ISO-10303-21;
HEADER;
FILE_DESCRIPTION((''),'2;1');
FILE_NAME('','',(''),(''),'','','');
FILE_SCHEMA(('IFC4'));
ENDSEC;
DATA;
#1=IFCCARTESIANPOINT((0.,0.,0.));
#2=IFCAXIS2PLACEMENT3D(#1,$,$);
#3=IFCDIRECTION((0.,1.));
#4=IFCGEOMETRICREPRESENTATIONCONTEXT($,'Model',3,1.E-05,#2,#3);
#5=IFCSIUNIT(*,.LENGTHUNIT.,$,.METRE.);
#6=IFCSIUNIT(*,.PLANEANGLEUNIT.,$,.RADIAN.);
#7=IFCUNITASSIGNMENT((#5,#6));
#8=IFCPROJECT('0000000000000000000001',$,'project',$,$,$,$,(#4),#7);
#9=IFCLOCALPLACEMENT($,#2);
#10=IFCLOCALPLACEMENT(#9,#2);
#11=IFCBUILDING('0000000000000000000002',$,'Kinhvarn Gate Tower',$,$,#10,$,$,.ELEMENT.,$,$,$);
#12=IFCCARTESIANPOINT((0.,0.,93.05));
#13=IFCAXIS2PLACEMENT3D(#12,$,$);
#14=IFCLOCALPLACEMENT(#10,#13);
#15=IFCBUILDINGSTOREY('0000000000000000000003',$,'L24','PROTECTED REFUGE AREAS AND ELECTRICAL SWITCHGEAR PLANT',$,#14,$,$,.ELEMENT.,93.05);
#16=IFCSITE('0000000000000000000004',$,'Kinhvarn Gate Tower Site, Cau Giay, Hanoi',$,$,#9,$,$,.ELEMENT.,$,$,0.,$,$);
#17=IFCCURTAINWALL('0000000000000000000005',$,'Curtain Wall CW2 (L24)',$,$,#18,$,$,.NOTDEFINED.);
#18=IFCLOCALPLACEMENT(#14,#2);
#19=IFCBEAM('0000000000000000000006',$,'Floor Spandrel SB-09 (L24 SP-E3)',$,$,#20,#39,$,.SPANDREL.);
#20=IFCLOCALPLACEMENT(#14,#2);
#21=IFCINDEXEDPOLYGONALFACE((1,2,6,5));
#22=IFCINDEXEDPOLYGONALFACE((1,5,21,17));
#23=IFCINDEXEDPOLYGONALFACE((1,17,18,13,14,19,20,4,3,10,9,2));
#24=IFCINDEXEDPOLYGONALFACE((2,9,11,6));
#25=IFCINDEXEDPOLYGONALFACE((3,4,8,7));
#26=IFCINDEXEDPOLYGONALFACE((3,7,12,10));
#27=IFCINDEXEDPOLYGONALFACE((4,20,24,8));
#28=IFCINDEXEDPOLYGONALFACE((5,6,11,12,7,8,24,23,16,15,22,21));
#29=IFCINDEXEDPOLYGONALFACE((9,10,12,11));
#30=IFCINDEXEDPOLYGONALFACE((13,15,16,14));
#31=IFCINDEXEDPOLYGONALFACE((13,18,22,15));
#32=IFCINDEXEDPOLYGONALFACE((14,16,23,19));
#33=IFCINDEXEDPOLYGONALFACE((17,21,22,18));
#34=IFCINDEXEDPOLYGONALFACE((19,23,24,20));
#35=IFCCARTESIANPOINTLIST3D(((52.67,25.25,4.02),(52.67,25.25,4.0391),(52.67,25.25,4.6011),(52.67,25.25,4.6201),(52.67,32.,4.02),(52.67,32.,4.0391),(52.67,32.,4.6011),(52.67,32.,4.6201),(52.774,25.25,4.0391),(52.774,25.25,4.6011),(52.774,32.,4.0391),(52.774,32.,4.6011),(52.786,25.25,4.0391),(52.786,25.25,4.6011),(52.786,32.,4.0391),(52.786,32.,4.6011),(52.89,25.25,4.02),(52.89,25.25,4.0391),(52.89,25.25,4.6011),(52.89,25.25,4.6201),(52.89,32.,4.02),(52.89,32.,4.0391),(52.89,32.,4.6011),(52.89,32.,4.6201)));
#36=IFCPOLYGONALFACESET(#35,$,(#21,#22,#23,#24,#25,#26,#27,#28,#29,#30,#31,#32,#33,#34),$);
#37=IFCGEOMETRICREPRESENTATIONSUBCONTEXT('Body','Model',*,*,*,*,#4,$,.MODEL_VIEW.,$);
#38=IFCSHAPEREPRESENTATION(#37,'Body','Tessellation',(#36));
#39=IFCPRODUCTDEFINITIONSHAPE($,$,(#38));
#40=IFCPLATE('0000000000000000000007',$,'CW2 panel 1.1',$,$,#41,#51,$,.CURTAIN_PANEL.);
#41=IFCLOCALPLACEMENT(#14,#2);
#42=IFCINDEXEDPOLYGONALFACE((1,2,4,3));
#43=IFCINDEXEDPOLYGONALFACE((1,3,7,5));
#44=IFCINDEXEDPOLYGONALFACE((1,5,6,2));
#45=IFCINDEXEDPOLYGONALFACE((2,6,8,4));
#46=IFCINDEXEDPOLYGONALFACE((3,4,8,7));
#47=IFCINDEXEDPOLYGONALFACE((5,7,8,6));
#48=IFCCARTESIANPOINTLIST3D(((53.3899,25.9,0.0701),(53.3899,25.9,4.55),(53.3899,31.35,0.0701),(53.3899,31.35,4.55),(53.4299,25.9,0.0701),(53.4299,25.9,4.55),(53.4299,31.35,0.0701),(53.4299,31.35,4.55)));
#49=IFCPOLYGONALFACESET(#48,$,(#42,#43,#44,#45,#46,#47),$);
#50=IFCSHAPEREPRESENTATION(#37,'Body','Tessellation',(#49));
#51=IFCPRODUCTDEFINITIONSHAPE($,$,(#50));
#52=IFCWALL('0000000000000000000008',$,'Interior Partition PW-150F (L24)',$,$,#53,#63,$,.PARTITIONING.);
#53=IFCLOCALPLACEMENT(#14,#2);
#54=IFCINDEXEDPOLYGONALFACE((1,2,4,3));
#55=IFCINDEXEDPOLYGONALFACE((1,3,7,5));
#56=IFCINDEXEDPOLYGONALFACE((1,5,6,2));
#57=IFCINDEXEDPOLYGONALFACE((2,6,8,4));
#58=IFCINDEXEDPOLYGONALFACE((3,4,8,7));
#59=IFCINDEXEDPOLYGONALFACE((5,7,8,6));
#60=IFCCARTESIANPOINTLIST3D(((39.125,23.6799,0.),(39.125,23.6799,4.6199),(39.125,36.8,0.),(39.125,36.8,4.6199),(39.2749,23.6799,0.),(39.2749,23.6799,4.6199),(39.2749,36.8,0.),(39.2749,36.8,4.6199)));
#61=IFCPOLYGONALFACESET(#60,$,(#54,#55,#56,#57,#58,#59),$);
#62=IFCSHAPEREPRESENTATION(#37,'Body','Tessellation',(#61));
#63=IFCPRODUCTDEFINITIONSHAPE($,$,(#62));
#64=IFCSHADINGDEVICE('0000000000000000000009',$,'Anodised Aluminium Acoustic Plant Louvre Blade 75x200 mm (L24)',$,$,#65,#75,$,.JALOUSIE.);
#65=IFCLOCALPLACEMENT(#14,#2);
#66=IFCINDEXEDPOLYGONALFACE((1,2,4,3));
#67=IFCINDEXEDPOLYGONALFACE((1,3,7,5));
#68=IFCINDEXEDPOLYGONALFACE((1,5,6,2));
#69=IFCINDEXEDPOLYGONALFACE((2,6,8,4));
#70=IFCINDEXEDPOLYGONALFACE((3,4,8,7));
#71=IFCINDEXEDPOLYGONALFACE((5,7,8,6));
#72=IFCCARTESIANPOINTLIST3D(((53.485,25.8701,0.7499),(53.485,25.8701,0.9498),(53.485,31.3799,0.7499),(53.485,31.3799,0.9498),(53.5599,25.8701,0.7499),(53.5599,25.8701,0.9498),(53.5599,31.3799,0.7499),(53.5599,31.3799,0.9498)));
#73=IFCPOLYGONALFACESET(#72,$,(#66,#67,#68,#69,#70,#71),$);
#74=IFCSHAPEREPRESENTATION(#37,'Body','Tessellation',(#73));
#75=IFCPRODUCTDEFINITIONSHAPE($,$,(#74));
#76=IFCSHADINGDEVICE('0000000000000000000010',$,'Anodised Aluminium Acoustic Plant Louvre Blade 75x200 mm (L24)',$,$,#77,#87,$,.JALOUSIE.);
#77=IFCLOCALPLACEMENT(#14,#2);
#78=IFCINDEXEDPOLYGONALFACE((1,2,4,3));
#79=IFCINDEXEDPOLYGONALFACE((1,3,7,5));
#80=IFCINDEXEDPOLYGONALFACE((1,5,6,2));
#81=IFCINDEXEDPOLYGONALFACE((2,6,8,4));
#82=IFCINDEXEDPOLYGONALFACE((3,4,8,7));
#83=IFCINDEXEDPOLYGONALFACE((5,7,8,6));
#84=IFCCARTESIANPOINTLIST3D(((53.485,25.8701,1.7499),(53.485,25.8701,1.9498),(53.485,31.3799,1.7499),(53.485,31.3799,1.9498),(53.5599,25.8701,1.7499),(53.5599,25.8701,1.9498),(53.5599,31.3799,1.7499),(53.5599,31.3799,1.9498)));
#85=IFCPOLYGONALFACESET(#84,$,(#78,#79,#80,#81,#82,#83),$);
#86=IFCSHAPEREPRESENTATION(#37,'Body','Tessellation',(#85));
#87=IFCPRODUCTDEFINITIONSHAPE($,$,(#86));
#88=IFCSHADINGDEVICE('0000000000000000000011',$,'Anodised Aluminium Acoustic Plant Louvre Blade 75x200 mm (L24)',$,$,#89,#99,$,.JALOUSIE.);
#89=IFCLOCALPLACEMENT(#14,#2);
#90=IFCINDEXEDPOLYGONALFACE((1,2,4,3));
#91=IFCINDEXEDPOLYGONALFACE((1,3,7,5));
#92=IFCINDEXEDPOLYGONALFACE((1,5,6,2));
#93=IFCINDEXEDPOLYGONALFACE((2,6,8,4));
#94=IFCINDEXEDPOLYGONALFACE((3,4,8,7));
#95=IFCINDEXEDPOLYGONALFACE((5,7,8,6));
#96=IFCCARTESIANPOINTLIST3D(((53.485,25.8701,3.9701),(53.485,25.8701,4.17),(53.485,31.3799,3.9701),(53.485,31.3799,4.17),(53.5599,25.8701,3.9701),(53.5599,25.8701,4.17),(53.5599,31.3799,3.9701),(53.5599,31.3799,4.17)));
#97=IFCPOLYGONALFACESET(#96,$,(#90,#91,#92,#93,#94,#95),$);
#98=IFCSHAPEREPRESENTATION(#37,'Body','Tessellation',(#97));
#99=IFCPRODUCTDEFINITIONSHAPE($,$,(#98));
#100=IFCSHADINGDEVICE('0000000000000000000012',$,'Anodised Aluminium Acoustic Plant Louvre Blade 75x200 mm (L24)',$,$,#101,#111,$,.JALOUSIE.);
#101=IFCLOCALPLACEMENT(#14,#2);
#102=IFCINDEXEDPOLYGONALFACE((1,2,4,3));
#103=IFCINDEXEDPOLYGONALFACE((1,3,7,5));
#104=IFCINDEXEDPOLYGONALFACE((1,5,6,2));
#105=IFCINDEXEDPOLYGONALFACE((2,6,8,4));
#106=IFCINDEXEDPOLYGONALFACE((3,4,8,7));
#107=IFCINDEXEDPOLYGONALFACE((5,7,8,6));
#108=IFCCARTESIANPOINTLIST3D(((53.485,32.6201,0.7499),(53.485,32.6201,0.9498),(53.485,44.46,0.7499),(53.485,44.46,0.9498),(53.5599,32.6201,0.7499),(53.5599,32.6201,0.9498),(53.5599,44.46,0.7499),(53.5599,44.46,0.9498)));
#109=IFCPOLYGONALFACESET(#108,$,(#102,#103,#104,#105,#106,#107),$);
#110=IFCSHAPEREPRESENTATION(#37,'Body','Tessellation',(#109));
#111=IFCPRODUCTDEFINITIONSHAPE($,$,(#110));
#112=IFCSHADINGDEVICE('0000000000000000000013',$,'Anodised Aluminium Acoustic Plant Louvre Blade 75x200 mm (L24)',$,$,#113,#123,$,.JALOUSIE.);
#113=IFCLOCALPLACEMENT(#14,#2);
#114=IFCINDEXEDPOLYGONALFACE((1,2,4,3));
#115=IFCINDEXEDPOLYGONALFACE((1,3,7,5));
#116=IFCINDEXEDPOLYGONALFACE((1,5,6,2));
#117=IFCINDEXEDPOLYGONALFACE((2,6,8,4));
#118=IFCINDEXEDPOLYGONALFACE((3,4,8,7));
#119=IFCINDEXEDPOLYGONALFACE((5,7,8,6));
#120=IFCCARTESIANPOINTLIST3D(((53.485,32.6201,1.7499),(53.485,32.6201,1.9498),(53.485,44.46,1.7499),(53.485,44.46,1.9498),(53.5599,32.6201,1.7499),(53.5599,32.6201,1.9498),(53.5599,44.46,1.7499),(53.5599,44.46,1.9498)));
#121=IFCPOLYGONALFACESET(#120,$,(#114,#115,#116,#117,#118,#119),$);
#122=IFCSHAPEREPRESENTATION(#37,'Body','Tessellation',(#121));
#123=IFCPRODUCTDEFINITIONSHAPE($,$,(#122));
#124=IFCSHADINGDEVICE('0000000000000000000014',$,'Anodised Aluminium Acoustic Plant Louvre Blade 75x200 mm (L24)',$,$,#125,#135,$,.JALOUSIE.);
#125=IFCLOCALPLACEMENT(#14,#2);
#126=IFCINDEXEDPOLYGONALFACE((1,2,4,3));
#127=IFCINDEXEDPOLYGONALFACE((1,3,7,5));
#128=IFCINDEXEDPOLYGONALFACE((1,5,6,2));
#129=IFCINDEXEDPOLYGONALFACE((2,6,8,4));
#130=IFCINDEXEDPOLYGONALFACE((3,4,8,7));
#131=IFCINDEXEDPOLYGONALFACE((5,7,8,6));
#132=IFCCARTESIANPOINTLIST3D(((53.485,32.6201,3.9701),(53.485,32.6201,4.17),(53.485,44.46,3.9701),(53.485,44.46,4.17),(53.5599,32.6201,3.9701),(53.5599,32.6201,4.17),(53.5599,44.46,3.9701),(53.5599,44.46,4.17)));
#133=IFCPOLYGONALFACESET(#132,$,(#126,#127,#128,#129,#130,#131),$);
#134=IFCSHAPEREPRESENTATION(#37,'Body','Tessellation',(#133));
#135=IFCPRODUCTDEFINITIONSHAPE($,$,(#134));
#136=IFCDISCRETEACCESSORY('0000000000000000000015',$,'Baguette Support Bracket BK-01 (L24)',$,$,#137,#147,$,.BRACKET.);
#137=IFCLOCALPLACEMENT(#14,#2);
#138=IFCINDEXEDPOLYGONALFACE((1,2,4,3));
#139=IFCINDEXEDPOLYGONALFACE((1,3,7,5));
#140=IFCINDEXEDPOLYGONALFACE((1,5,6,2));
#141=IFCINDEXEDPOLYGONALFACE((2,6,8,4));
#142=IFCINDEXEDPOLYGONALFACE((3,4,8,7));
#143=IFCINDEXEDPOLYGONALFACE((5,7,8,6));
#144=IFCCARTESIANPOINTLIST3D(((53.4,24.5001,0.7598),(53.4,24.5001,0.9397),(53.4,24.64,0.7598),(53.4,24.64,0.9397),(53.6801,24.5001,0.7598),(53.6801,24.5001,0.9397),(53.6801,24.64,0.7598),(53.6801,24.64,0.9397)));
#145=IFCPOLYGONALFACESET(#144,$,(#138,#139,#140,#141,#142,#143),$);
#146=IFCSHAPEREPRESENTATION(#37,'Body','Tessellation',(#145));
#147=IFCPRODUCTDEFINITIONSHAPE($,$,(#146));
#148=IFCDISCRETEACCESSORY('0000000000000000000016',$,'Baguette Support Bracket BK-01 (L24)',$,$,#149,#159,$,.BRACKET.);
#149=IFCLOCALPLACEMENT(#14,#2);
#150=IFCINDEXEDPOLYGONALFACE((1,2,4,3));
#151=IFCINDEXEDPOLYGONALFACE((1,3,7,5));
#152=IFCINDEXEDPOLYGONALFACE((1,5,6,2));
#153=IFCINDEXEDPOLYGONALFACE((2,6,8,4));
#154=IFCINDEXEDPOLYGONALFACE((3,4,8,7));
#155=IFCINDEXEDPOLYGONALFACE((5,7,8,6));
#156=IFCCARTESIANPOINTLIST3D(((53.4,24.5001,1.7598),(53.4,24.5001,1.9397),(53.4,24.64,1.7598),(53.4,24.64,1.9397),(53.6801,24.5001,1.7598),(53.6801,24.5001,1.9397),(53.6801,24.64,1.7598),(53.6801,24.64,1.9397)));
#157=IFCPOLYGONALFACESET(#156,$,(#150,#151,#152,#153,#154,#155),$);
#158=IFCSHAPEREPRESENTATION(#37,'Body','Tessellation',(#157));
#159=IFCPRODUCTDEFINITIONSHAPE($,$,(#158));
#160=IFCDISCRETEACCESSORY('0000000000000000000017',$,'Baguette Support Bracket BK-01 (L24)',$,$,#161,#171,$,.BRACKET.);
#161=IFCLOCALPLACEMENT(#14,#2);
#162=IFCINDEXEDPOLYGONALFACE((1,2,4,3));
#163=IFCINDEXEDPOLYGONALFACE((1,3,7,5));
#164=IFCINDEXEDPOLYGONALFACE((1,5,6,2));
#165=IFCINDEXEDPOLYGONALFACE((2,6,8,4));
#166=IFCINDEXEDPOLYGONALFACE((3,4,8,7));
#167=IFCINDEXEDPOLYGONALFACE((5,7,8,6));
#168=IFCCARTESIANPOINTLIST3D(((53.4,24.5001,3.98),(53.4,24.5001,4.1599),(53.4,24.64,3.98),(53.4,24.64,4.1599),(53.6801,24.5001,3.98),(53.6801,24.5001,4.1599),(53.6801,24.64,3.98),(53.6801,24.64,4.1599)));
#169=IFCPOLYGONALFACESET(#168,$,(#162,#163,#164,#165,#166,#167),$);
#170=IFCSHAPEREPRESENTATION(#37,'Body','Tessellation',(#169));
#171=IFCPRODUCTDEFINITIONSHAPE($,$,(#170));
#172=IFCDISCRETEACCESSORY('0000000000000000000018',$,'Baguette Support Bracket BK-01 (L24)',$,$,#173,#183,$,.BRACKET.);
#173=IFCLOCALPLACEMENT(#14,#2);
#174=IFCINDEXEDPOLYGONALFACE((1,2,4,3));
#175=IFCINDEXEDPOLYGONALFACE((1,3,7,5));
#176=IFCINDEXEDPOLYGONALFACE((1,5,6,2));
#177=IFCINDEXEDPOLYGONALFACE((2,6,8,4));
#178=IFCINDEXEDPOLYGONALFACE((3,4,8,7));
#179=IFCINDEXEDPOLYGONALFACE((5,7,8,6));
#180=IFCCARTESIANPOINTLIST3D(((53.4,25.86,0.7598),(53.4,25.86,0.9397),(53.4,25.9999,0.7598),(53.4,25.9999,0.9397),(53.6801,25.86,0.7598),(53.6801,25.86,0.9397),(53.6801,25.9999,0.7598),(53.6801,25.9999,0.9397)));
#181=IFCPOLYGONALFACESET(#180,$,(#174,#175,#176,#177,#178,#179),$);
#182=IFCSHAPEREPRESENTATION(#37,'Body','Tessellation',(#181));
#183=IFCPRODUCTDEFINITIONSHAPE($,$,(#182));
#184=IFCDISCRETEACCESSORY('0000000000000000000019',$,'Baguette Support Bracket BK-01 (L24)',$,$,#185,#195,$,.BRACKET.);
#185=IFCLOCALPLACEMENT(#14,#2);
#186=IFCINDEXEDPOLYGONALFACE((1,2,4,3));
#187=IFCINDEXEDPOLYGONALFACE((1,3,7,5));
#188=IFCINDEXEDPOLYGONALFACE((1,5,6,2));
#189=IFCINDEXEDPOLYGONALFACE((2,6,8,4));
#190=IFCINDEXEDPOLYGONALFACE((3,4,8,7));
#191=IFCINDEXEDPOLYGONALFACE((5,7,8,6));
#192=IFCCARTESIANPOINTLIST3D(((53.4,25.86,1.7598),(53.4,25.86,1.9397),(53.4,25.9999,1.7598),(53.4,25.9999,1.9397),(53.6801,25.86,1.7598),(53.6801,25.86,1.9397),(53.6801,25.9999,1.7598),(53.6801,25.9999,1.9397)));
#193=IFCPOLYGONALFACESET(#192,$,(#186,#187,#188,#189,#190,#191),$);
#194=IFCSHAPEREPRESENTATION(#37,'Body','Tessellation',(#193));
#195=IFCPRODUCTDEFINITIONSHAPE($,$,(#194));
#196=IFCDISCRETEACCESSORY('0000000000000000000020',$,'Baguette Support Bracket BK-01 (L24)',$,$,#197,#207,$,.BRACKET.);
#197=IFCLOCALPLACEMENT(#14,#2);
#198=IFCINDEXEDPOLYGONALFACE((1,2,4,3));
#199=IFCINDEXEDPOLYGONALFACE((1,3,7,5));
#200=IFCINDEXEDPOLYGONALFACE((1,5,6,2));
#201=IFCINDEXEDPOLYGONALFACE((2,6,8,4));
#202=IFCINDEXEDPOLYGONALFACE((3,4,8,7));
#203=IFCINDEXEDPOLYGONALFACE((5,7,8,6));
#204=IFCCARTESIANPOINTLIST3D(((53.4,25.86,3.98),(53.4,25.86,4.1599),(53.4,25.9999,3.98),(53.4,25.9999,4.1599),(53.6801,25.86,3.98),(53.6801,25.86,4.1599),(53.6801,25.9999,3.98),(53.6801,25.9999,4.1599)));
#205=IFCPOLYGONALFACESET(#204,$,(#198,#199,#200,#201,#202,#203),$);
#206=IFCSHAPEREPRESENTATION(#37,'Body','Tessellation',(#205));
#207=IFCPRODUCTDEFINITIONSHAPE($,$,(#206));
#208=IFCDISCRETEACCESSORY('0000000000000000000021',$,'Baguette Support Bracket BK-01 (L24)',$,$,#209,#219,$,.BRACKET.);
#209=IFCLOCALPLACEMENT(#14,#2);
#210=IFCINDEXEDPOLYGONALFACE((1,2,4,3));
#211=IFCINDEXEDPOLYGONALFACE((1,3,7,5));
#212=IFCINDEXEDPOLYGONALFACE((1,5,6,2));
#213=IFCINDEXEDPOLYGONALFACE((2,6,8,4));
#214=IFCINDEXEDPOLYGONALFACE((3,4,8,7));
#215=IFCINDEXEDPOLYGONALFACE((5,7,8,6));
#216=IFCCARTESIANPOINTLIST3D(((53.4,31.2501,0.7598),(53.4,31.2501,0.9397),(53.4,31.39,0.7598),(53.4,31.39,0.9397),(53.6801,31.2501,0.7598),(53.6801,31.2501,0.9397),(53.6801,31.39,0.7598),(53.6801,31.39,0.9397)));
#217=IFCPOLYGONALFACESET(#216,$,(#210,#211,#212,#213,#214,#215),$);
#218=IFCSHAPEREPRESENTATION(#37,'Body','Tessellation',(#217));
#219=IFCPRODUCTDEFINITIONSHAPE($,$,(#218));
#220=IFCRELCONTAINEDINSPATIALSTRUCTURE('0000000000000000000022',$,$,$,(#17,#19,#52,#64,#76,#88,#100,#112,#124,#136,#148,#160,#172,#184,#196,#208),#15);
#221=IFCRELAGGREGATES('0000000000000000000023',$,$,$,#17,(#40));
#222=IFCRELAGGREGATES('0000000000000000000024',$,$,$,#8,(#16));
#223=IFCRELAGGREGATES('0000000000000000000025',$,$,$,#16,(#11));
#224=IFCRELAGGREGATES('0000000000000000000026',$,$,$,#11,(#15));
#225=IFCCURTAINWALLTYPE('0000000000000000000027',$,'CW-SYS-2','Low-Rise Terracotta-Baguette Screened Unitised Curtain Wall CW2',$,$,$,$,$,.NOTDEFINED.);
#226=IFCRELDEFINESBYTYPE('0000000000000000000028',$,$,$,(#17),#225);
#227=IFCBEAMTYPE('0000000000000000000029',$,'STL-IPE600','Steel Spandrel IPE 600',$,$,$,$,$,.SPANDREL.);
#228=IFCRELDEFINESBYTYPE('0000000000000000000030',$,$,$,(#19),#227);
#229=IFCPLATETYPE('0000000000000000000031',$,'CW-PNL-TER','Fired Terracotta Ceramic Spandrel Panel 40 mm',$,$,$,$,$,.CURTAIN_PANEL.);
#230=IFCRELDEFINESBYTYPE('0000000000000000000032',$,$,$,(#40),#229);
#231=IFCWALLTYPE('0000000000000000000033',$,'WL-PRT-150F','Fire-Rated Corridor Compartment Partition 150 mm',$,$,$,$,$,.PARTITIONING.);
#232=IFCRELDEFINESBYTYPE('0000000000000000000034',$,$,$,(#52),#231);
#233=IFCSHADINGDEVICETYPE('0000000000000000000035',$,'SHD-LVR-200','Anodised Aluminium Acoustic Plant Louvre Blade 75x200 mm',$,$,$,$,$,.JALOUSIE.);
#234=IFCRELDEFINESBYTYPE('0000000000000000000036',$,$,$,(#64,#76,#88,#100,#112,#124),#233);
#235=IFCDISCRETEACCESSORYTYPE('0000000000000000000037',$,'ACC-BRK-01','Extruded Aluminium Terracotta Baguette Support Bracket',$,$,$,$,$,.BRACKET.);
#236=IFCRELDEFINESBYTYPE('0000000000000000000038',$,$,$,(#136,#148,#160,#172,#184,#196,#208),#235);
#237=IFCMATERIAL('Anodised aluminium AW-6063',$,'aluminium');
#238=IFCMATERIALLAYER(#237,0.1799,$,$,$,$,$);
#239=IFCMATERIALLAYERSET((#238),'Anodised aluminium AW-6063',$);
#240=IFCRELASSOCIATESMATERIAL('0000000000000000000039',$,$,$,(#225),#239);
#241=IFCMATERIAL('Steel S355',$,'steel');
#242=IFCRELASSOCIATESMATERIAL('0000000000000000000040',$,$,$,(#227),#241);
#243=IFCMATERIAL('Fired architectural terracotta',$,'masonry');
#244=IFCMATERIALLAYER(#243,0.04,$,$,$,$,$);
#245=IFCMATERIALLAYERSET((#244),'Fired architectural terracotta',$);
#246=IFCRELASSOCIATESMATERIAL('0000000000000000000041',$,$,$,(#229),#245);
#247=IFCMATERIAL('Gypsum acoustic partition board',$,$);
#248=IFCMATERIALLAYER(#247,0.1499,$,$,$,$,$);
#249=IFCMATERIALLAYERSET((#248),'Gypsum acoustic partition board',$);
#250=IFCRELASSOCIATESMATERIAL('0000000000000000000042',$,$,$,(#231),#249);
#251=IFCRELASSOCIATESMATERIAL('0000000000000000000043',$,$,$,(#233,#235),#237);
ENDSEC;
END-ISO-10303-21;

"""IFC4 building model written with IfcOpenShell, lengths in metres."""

from ifc_helpers import new_model, si_unit, direction, frame, frame_2d, origin, origin_2d, place, context, subcontext, project, spatial, rectangle, i_section, extrude, material, layer, layer_set, material_profile, profile_set, type_object, element, aggregate, save


model = new_model("IFC4")

# Units and contexts
model_context = context("Model", 3, precision=1e-05, world=origin(), true_north=direction((0.0, 1.0)))
body_context = subcontext(model_context, "Body", "Model", "MODEL_VIEW")
ifc_project = project(units=[si_unit("LENGTHUNIT", "METRE"), si_unit("PLANEANGLEUNIT", "RADIAN")], contexts=[model_context])

# Site, building, storey
site_placement = place(None, origin())
site = spatial("IfcSite", under=ifc_project, at=site_placement, Name="Kinhvarn Gate Tower Site, Cau Giay, Hanoi", CompositionType="ELEMENT", RefElevation=0.0)
building_placement = place(site_placement, origin())
building = spatial("IfcBuilding", under=site, at=building_placement, Name="Kinhvarn Gate Tower", CompositionType="ELEMENT")
storey_placement = place(building_placement, frame((0.0, 0.0, 93.05)))
storey = spatial("IfcBuildingStorey", under=building, at=storey_placement, Name="L24", Description="PROTECTED REFUGE AREAS AND ELECTRICAL SWITCHGEAR PLANT", CompositionType="ELEMENT", Elevation=93.05)

# Shared definitions
ifc_material_1 = material(Name="Anodised aluminium AW-6063", Category="aluminium")
ifc_layer_1 = layer(ifc_material_1, 0.1799)
ifc_layer_set_1 = layer_set([ifc_layer_1], Name="Anodised aluminium AW-6063")
curtain_wall_type = type_object("IfcCurtainWallType", Name="CW-SYS-2", Description="Low-Rise Terracotta-Baguette Screened Unitised Curtain Wall CW2", PredefinedType="NOTDEFINED", material=ifc_layer_set_1)

# Curtain wall
curtain_wall_1_placement = place(storey_placement, origin())
curtain_wall_1 = element("IfcCurtainWall", 1, at=curtain_wall_1_placement, inside=storey, type_object=curtain_wall_type, Name="Curtain Wall CW2 (L24)", PredefinedType="NOTDEFINED")

# Beam
ifc_material_2 = material(Name="Steel S355", Category="steel")
ifc_material_profile_1 = material_profile(ifc_material_2, i_section(OverallWidth=0.22, OverallDepth=0.6001, WebThickness=0.012, FlangeThickness=0.019, at=origin_2d()), Name="IPE 600")
ifc_profile_set_1 = profile_set([ifc_material_profile_1], Name="Steel S355")
beam_type_1 = type_object("IfcBeamType", Name="STL-IPE600", Description="Steel Spandrel IPE 600", PredefinedType="SPANDREL", material=ifc_profile_set_1)
beam_placement = place(storey_placement, frame((52.78, 25.25, 4.3201), z_axis=(0.0, 1.0, 0.0), x_axis=(-1.0, 0.0, 0.0)))
element("IfcBeam", 2, at=beam_placement, inside=storey, type_object=beam_type_1, Name="Floor Spandrel SB-09 (L24 SP-E3)", PredefinedType="SPANDREL", context=body_context, shape_type="SweptSolid", body=[
    extrude(i_section(OverallWidth=0.22, OverallDepth=0.6001, WebThickness=0.012, FlangeThickness=0.019, at=origin_2d()), origin(), (0.0, 0.0, 1.0), 6.75),
])

# Plate
ifc_material_3 = material(Name="Fired architectural terracotta", Category="masonry")
ifc_layer_2 = layer(ifc_material_3, 0.04)
ifc_layer_set_2 = layer_set([ifc_layer_2], Name="Fired architectural terracotta")
plate_type = type_object("IfcPlateType", Name="CW-PNL-TER", Description="Fired Terracotta Ceramic Spandrel Panel 40 mm", PredefinedType="CURTAIN_PANEL", material=ifc_layer_set_2)
plate_placement = place(storey_placement, frame((53.4099, 28.625, 0.0701), z_axis=(0.0, 0.0, 1.0), x_axis=(0.0, 1.0, 0.0)))
plate = element("IfcPlate", 3, at=plate_placement, type_object=plate_type, Name="CW2 panel 1.1", PredefinedType="CURTAIN_PANEL", context=body_context, shape_type="SweptSolid", body=[
    extrude(rectangle(XDim=5.45, YDim=0.04, at=origin_2d()), origin(), (0.0, 0.0, 1.0), 4.48),
])
aggregate(curtain_wall_1, [plate])

# Wall
ifc_material_4 = material(Name="Gypsum acoustic partition board")
ifc_layer_3 = layer(ifc_material_4, 0.1499)
ifc_layer_set_3 = layer_set([ifc_layer_3], Name="Gypsum acoustic partition board")
wall_type = type_object("IfcWallType", Name="WL-PRT-150F", Description="Fire-Rated Corridor Compartment Partition 150 mm", PredefinedType="PARTITIONING", material=ifc_layer_set_3)
wall_placement = place(storey_placement, frame((39.2, 23.6799, 0.0), z_axis=(0.0, 0.0, 1.0), x_axis=(0.0, 1.0, 0.0)))
element("IfcWall", 4, at=wall_placement, inside=storey, type_object=wall_type, Name="Interior Partition PW-150F (L24)", PredefinedType="PARTITIONING", context=body_context, shape_type="SweptSolid", body=[
    extrude(rectangle(XDim=13.1201, YDim=0.1499, at=frame_2d((6.5601, 0.0))), origin(), (0.0, 0.0, 1.0), 4.6199),
])

# Shading devices
ifc_material_profile_2 = material_profile(ifc_material_1, rectangle(XDim=0.075, YDim=0.2, at=origin_2d()), Name="LOUVRE 75x200")
ifc_profile_set_2 = profile_set([ifc_material_profile_2], Name="Anodised aluminium AW-6063")
shading_device_type = type_object("IfcShadingDeviceType", Name="SHD-LVR-200", Description="Anodised Aluminium Acoustic Plant Louvre Blade 75x200 mm", PredefinedType="JALOUSIE", material=ifc_profile_set_2)
for number, where, z_axis, x_axis, name in (
    (5, (53.5225, 25.8701, 0.8499), (0.0, 1.0, 0.0), (-1.0, 0.0, 0.0), "Anodised Aluminium Acoustic Plant Louvre Blade 75x200 mm (L24)"),
    (6, (53.5225, 25.8701, 1.8499), (0.0, 1.0, 0.0), (-1.0, 0.0, 0.0), "Anodised Aluminium Acoustic Plant Louvre Blade 75x200 mm (L24)"),
    (7, (53.5225, 25.8701, 4.0701), (0.0, 1.0, 0.0), (-1.0, 0.0, 0.0), "Anodised Aluminium Acoustic Plant Louvre Blade 75x200 mm (L24)"),
):
    element("IfcShadingDevice", number, at=place(storey_placement, frame(where, z_axis=z_axis, x_axis=x_axis)), inside=storey, type_object=shading_device_type, Name=name, PredefinedType="JALOUSIE", context=body_context, shape_type="SweptSolid", body=[
        extrude(rectangle(XDim=0.075, YDim=0.2, at=origin_2d()), origin(), (0.0, 0.0, 1.0), 5.5098),
    ])
for number, where, z_axis, x_axis, name in (
    (8, (53.5225, 32.6201, 0.8499), (0.0, 1.0, 0.0), (-1.0, 0.0, 0.0), "Anodised Aluminium Acoustic Plant Louvre Blade 75x200 mm (L24)"),
    (9, (53.5225, 32.6201, 1.8499), (0.0, 1.0, 0.0), (-1.0, 0.0, 0.0), "Anodised Aluminium Acoustic Plant Louvre Blade 75x200 mm (L24)"),
    (10, (53.5225, 32.6201, 4.0701), (0.0, 1.0, 0.0), (-1.0, 0.0, 0.0), "Anodised Aluminium Acoustic Plant Louvre Blade 75x200 mm (L24)"),
):
    element("IfcShadingDevice", number, at=place(storey_placement, frame(where, z_axis=z_axis, x_axis=x_axis)), inside=storey, type_object=shading_device_type, Name=name, PredefinedType="JALOUSIE", context=body_context, shape_type="SweptSolid", body=[
        extrude(rectangle(XDim=0.075, YDim=0.2, at=origin_2d()), origin(), (0.0, 0.0, 1.0), 11.8398),
    ])

# Discrete accessories
discrete_accessory_type = type_object("IfcDiscreteAccessoryType", Name="ACC-BRK-01", Description="Extruded Aluminium Terracotta Baguette Support Bracket", PredefinedType="BRACKET", material=ifc_material_1)
for number, where, z_axis, x_axis, name in (
    (11, (53.54, 24.5701, 0.7598), (0.0, 0.0, 1.0), (0.0, 1.0, 0.0), "Baguette Support Bracket BK-01 (L24)"),
    (12, (53.54, 24.5701, 1.7598), (0.0, 0.0, 1.0), (0.0, 1.0, 0.0), "Baguette Support Bracket BK-01 (L24)"),
    (13, (53.54, 24.5701, 3.98), (0.0, 0.0, 1.0), (0.0, 1.0, 0.0), "Baguette Support Bracket BK-01 (L24)"),
    (14, (53.54, 25.9299, 0.7598), (0.0, 0.0, 1.0), (0.0, 1.0, 0.0), "Baguette Support Bracket BK-01 (L24)"),
    (15, (53.54, 25.9299, 1.7598), (0.0, 0.0, 1.0), (0.0, 1.0, 0.0), "Baguette Support Bracket BK-01 (L24)"),
    (16, (53.54, 25.9299, 3.98), (0.0, 0.0, 1.0), (0.0, 1.0, 0.0), "Baguette Support Bracket BK-01 (L24)"),
    (17, (53.54, 31.3201, 0.7598), (0.0, 0.0, 1.0), (0.0, 1.0, 0.0), "Baguette Support Bracket BK-01 (L24)"),
):
    element("IfcDiscreteAccessory", number, at=place(storey_placement, frame(where, z_axis=z_axis, x_axis=x_axis)), inside=storey, type_object=discrete_accessory_type, Name=name, PredefinedType="BRACKET", context=body_context, shape_type="SweptSolid", body=[
        extrude(rectangle(XDim=0.1399, YDim=0.28, at=origin_2d()), origin(), (0.0, 0.0, 1.0), 0.1799),
    ])

save(model, "model.ifc")
